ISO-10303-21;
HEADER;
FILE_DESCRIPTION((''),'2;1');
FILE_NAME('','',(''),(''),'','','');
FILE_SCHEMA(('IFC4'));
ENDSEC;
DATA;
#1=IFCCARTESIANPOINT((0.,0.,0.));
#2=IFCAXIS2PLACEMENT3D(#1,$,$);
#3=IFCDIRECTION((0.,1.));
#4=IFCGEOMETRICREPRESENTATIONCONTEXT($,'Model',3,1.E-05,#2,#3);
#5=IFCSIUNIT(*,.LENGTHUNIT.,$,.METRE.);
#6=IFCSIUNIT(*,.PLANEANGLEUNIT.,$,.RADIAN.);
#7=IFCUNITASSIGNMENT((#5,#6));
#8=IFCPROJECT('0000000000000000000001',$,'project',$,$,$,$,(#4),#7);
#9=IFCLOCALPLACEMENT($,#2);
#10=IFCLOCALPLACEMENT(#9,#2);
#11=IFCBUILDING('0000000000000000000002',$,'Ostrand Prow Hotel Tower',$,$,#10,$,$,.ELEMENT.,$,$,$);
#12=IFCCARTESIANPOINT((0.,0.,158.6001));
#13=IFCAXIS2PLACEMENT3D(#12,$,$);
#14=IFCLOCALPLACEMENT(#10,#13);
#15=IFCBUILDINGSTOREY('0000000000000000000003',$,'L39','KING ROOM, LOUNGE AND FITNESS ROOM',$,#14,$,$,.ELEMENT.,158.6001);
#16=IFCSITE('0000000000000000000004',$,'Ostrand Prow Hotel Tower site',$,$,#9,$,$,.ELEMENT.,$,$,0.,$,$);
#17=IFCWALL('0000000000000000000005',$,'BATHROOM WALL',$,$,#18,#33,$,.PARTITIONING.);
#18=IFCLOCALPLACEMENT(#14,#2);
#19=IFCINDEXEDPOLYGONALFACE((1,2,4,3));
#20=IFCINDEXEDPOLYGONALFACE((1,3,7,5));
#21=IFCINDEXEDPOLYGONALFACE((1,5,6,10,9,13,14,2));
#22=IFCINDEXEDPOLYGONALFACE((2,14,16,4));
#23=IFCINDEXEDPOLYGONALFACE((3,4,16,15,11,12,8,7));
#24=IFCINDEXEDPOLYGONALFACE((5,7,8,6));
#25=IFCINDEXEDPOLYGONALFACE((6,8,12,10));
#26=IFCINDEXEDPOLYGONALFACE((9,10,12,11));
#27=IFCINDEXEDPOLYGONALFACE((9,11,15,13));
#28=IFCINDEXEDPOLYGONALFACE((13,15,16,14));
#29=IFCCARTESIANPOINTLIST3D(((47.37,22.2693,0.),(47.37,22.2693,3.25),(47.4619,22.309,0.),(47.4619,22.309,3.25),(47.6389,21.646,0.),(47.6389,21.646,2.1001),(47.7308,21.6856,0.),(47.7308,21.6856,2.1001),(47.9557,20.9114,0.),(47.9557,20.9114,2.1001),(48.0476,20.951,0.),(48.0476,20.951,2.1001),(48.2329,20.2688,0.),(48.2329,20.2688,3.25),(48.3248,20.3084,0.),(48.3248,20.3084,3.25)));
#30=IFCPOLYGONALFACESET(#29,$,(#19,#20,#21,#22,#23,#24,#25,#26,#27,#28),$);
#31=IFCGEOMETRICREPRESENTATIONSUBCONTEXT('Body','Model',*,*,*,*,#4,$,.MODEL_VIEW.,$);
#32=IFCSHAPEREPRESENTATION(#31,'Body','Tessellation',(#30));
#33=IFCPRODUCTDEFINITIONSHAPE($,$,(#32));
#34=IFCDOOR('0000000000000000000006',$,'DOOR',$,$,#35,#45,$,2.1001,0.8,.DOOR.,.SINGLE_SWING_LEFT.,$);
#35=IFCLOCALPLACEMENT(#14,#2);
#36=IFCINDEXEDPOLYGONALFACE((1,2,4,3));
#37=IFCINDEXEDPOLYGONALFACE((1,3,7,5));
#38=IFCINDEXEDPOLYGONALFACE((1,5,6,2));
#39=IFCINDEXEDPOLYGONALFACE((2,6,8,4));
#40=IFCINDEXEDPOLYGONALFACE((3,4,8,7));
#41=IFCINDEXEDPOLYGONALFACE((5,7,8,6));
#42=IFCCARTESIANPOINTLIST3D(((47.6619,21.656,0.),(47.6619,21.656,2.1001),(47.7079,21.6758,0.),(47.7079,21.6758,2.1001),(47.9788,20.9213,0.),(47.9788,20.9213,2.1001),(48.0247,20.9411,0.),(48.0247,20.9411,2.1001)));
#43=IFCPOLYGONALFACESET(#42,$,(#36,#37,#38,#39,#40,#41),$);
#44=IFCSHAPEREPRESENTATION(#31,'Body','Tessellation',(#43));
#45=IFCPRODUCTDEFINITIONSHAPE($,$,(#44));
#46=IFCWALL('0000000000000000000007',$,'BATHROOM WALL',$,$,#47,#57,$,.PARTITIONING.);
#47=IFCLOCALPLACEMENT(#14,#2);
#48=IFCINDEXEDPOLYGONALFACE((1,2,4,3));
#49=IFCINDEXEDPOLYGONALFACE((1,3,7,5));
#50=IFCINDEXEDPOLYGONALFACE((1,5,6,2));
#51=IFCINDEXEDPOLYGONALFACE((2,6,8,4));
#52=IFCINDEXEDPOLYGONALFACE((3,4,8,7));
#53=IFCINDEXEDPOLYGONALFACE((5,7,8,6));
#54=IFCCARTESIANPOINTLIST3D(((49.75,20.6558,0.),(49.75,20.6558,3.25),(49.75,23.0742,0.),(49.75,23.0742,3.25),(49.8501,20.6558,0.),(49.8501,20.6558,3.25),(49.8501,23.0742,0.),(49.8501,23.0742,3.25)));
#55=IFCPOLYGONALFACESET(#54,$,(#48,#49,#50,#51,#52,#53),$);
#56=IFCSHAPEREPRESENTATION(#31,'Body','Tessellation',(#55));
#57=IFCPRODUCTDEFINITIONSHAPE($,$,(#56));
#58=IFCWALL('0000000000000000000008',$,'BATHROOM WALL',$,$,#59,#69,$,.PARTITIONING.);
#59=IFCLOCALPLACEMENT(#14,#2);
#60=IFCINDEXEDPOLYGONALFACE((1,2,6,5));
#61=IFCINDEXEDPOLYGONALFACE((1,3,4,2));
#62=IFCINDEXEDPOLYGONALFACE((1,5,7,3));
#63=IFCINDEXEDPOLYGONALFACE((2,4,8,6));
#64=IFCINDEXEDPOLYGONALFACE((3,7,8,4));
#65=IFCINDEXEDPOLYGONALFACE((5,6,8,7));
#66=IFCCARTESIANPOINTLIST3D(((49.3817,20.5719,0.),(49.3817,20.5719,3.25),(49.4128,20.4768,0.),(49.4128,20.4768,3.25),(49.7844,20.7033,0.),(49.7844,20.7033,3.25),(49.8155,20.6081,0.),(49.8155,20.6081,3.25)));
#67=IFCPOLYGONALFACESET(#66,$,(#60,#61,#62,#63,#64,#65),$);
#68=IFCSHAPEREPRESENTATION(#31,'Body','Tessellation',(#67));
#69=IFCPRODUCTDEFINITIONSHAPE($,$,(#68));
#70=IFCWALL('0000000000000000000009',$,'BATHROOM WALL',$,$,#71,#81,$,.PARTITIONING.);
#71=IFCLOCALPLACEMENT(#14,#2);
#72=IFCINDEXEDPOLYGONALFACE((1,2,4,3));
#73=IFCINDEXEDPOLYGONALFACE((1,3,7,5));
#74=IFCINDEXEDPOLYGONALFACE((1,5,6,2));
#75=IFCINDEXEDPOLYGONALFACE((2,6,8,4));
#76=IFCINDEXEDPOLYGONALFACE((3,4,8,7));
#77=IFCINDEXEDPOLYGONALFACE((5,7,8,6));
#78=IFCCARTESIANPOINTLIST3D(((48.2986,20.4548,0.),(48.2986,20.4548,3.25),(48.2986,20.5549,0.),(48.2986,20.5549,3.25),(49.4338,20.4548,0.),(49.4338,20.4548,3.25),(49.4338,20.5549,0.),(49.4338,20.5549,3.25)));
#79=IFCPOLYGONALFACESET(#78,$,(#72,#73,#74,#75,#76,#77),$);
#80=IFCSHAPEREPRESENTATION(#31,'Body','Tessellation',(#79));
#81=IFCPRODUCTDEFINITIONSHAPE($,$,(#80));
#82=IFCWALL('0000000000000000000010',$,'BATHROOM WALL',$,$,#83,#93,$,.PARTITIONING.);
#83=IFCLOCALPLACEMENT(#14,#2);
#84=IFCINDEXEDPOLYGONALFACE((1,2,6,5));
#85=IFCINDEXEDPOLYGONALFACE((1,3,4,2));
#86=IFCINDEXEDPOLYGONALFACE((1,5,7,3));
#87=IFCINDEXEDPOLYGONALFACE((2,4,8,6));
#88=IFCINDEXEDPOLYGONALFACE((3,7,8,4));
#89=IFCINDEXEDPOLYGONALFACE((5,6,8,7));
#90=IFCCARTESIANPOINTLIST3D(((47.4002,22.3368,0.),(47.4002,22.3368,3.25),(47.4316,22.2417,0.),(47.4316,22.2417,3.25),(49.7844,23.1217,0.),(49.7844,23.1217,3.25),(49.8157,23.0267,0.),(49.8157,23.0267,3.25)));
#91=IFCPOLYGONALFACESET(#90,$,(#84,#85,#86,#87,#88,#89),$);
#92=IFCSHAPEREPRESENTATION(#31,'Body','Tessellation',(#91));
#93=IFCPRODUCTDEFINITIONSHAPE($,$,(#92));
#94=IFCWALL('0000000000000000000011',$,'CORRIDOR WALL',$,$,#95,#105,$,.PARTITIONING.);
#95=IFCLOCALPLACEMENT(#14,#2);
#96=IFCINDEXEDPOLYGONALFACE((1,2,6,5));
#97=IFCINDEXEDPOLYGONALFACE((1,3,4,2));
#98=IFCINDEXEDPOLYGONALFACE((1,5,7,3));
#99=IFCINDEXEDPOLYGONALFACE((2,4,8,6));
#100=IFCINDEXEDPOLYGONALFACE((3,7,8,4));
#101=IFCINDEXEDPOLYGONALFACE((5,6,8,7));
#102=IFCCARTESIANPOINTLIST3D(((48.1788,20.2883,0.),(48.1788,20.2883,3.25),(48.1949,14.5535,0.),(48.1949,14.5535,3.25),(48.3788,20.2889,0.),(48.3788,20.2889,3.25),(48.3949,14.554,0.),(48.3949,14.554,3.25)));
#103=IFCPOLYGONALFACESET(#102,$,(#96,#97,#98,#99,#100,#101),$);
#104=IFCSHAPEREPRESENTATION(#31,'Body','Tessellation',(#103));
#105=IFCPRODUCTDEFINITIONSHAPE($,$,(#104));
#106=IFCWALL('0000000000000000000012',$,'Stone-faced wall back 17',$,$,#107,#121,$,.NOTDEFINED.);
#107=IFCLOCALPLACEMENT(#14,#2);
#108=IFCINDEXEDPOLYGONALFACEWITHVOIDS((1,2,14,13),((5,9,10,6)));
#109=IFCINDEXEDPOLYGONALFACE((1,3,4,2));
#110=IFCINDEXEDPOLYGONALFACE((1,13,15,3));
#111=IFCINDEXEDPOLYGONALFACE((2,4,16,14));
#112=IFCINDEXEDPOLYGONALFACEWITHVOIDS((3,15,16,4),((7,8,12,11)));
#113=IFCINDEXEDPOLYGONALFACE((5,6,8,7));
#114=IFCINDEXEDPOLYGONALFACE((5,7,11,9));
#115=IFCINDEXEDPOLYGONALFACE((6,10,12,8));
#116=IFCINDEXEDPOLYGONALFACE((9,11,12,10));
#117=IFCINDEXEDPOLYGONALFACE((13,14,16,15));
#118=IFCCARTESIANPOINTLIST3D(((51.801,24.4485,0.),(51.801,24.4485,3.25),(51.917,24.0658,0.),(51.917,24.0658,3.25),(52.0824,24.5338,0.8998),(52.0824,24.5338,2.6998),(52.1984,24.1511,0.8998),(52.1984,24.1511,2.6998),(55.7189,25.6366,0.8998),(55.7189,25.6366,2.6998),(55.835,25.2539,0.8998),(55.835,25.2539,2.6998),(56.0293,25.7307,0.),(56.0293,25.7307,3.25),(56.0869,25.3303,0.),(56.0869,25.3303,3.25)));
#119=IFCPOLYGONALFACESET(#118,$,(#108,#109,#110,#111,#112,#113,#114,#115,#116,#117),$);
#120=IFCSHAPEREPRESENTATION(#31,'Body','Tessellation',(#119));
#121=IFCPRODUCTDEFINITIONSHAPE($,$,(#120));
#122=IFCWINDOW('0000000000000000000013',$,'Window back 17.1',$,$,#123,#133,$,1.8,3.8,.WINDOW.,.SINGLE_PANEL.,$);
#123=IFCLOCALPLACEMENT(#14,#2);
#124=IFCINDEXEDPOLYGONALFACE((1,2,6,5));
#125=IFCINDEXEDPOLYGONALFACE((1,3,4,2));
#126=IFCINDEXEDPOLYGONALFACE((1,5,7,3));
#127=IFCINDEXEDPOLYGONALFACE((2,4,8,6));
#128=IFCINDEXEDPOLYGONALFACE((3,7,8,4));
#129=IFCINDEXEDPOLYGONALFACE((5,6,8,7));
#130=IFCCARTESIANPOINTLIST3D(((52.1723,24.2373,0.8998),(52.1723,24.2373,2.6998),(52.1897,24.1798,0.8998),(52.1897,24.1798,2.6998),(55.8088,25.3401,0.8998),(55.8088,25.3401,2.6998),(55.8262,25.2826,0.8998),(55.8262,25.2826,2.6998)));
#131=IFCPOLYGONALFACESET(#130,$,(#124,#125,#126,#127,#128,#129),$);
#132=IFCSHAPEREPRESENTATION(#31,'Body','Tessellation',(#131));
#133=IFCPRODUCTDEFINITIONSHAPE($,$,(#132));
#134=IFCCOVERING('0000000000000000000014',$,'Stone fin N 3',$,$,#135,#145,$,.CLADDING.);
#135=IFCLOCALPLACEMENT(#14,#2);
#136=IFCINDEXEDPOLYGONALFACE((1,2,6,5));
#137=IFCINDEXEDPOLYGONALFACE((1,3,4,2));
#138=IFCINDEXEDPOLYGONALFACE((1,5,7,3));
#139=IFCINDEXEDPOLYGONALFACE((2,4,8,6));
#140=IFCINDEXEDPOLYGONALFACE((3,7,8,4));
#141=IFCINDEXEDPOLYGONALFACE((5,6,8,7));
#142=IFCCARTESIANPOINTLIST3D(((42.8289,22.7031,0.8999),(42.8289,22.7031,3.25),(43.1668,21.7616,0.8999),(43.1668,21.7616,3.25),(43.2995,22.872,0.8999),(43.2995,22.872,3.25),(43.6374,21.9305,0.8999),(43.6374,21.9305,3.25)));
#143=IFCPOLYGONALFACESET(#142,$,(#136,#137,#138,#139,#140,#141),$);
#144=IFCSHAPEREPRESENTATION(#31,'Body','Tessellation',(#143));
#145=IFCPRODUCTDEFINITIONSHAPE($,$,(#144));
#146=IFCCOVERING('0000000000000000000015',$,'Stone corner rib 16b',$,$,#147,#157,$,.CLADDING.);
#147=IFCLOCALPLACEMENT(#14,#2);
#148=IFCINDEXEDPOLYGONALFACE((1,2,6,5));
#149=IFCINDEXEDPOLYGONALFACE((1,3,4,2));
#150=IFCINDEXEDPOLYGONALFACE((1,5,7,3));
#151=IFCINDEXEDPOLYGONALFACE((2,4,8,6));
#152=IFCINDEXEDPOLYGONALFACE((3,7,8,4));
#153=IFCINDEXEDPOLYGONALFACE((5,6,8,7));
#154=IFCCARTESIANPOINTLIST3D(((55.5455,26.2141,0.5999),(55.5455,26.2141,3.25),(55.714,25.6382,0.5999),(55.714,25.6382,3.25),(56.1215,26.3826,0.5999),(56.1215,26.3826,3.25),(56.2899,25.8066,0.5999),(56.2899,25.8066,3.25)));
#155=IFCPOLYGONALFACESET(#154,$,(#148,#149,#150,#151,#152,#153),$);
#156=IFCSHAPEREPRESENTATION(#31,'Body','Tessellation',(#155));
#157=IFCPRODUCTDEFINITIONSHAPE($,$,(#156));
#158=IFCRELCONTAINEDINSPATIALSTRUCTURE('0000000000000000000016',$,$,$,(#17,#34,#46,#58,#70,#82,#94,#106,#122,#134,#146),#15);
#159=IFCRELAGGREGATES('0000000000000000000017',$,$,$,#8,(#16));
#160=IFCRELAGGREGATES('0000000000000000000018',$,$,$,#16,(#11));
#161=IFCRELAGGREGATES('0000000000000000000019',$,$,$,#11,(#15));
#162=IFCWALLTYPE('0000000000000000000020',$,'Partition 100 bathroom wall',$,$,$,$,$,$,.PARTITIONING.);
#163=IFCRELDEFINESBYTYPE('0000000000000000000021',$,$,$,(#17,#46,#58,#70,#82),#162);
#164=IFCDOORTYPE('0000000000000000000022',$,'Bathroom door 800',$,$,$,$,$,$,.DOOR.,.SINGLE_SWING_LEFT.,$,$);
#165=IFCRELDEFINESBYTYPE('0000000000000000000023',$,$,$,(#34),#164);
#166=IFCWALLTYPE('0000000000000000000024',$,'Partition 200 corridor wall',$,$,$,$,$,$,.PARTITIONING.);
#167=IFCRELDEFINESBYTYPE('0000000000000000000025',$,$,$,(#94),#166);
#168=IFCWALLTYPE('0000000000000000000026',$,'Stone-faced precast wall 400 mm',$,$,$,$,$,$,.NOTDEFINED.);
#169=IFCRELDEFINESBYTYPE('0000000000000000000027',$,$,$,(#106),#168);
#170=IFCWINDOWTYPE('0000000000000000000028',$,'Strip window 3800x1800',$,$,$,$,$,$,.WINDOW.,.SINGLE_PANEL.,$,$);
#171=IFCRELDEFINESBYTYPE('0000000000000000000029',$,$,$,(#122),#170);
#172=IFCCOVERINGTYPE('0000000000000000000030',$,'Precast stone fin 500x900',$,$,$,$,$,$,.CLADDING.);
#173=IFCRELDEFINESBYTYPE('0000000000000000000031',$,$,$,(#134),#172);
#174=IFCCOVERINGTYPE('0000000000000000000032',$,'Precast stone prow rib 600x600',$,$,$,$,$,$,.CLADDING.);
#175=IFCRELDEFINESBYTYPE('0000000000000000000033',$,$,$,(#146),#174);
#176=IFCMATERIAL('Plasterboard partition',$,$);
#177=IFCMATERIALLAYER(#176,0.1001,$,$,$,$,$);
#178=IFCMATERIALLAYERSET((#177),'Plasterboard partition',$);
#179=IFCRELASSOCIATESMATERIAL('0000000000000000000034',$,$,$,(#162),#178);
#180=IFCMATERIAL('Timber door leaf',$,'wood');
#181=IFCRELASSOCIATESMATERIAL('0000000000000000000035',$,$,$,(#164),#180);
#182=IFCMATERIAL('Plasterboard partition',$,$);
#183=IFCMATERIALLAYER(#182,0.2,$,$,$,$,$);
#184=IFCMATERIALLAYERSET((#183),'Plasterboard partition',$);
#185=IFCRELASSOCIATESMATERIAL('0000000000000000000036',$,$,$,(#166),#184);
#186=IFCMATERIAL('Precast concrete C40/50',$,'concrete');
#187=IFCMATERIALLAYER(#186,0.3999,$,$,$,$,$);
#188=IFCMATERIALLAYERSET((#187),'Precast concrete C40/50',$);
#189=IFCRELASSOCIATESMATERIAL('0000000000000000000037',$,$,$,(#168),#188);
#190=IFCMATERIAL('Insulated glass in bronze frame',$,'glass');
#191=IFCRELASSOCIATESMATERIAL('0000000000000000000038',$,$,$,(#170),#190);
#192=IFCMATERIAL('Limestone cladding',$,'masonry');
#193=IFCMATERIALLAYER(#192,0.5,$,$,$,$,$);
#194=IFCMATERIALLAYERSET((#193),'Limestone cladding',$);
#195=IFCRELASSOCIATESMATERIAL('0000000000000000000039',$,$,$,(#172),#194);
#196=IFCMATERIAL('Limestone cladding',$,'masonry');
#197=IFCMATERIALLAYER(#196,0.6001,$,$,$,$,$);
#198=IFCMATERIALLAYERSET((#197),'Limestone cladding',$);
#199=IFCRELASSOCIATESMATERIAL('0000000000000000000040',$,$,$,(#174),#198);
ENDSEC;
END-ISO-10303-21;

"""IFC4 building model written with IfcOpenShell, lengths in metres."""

from ifc_helpers import new_model, si_unit, direction, frame, frame_2d, origin, place, context, subcontext, project, spatial, polyline, rectangle, outline, extrude, material, layer, layer_set, type_object, element, fill, save


model = new_model("IFC4")

# Units and contexts
model_context = context("Model", 3, precision=1e-05, world=origin(), true_north=direction((0.0, 1.0)))
body_context = subcontext(model_context, "Body", "Model", "MODEL_VIEW")
ifc_project = project(units=[si_unit("LENGTHUNIT", "METRE"), si_unit("PLANEANGLEUNIT", "RADIAN")], contexts=[model_context])

# Site, building, storey
site_placement = place(None, origin())
site = spatial("IfcSite", under=ifc_project, at=site_placement, Name="Ostrand Prow Hotel Tower site", CompositionType="ELEMENT", RefElevation=0.0)
building_placement = place(site_placement, origin())
building = spatial("IfcBuilding", under=site, at=building_placement, Name="Ostrand Prow Hotel Tower", CompositionType="ELEMENT")
storey_placement = place(building_placement, frame((0.0, 0.0, 158.6001)))
storey = spatial("IfcBuildingStorey", under=building, at=storey_placement, Name="L39", Description="KING ROOM, LOUNGE AND FITNESS ROOM", CompositionType="ELEMENT", Elevation=158.6001)

# Wall, opening, door
ifc_material_1 = material(Name="Plasterboard partition")
ifc_layer_1 = layer(ifc_material_1, 0.1001)
ifc_layer_set_1 = layer_set([ifc_layer_1], Name="Plasterboard partition")
wall_type_1 = type_object("IfcWallType", Name="Partition 100 bathroom wall", PredefinedType="PARTITIONING", material=ifc_layer_set_1)
wall_1_placement = place(storey_placement, frame((48.2788, 20.2886, 0.0), z_axis=(0.0, 0.0, 1.0), x_axis=(-0.396028, 0.918238, 0.0)))
wall_1 = element("IfcWall", 1, at=wall_1_placement, inside=storey, type_object=wall_type_1, Name="BATHROOM WALL", PredefinedType="PARTITIONING", context=body_context, shape_type="SweptSolid", body=[
    extrude(rectangle(XDim=2.1787, YDim=0.1001, at=frame_2d((1.0894, 0.0))), origin(), (0.0, 0.0, 1.0), 3.25),
])
opening_1_placement = place(wall_1_placement, frame((0.7, 0.0, 0.0)))
opening_1 = element("IfcOpeningElement", 2, at=opening_1_placement, cuts=wall_1, PredefinedType="OPENING", context=body_context, shape_type="SweptSolid", body=[
    extrude(rectangle(XDim=0.8, YDim=2.1001, at=frame_2d((0.3999, 1.05))), frame((0.0, 0.0601, 0.0), z_axis=(0.0, -1.0, 0.0), x_axis=(1.0, 0.0, 0.0)), (0.0, 0.0, 1.0), 0.1201),
])
ifc_material_2 = material(Name="Timber door leaf", Category="wood")
door_type = type_object("IfcDoorType", Name="Bathroom door 800", OperationType="SINGLE_SWING_LEFT", PredefinedType="DOOR", material=ifc_material_2)
door_placement = place(opening_1_placement, origin())
door = element("IfcDoor", 3, at=door_placement, inside=storey, type_object=door_type, Name="DOOR", OperationType="SINGLE_SWING_LEFT", OverallHeight=2.1001, OverallWidth=0.8, PredefinedType="DOOR", context=body_context, shape_type="SweptSolid", body=[
    extrude(rectangle(XDim=0.8, YDim=2.1001, at=frame_2d((0.3999, 1.05))), frame((0.0, 0.0249, 0.0), z_axis=(0.0, -1.0, 0.0), x_axis=(1.0, 0.0, 0.0)), (0.0, 0.0, 1.0), 0.05),
])
fill(opening_1, door)

# Walls
wall_2_placement = place(storey_placement, frame((49.8, 23.0742, 0.0), z_axis=(0.0, 0.0, 1.0), x_axis=(0.0, -1.0, 0.0)))
element("IfcWall", 4, at=wall_2_placement, inside=storey, type_object=wall_type_1, Name="BATHROOM WALL", PredefinedType="PARTITIONING", context=body_context, shape_type="SweptSolid", body=[
    extrude(rectangle(XDim=2.4185, YDim=0.1001, at=frame_2d((1.2092, 0.0))), origin(), (0.0, 0.0, 1.0), 3.25),
])
wall_3_placement = place(storey_placement, frame((49.8, 20.6558, 0.0), z_axis=(0.0, 0.0, 1.0), x_axis=(-0.950682, -0.310168, 0.0)))
element("IfcWall", 5, at=wall_3_placement, inside=storey, type_object=wall_type_1, Name="BATHROOM WALL", PredefinedType="PARTITIONING", context=body_context, shape_type="SweptSolid", body=[
    extrude(rectangle(XDim=0.4236, YDim=0.1001, at=frame_2d((0.2119, 0.0))), origin(), (0.0, 0.0, 1.0), 3.25),
])
wall_4_placement = place(storey_placement, frame((49.4338, 20.5049, 0.0), z_axis=(0.0, 0.0, 1.0), x_axis=(-1.0, 0.0, 0.0)))
element("IfcWall", 6, at=wall_4_placement, inside=storey, type_object=wall_type_1, Name="BATHROOM WALL", PredefinedType="PARTITIONING", context=body_context, shape_type="SweptSolid", body=[
    extrude(rectangle(XDim=1.1353, YDim=0.1001, at=frame_2d((0.5676, 0.0))), origin(), (0.0, 0.0, 1.0), 3.25),
])
wall_5_placement = place(storey_placement, frame((47.416, 22.2893, 0.0), z_axis=(0.0, 0.0, 1.0), x_axis=(0.949844, 0.312724, 0.0)))
element("IfcWall", 7, at=wall_5_placement, inside=storey, type_object=wall_type_1, Name="BATHROOM WALL", PredefinedType="PARTITIONING", context=body_context, shape_type="SweptSolid", body=[
    extrude(rectangle(XDim=2.51, YDim=0.1001, at=frame_2d((1.2549, 0.0))), origin(), (0.0, 0.0, 1.0), 3.25),
])
ifc_material_3 = material(Name="Plasterboard partition")
ifc_layer_2 = layer(ifc_material_3, 0.2)
ifc_layer_set_2 = layer_set([ifc_layer_2], Name="Plasterboard partition")
wall_type_2 = type_object("IfcWallType", Name="Partition 200 corridor wall", PredefinedType="PARTITIONING", material=ifc_layer_set_2)
wall_6_placement = place(storey_placement, frame((48.2788, 20.2886, 0.0), z_axis=(0.0, 0.0, 1.0), x_axis=(0.00281, -0.999996, 0.0)))
element("IfcWall", 8, at=wall_6_placement, inside=storey, type_object=wall_type_2, Name="CORRIDOR WALL", PredefinedType="PARTITIONING", context=body_context, shape_type="SweptSolid", body=[
    extrude(rectangle(XDim=5.7349, YDim=0.2, at=frame_2d((2.8674, 0.0))), origin(), (0.0, 0.0, 1.0), 3.25),
])

# Wall, opening, window
ifc_material_4 = material(Name="Precast concrete C40/50", Category="concrete")
ifc_layer_3 = layer(ifc_material_4, 0.3999)
ifc_layer_set_3 = layer_set([ifc_layer_3], Name="Precast concrete C40/50")
wall_type_3 = type_object("IfcWallType", Name="Stone-faced precast wall 400 mm", PredefinedType="NOTDEFINED", material=ifc_layer_set_3)
wall_7_placement = place(storey_placement, frame((56.0581, 25.5305, 0.0), z_axis=(0.0, 0.0, 1.0), x_axis=(-0.956964, -0.290205, 0.0)))
wall_7 = element("IfcWall", 9, at=wall_7_placement, inside=storey, type_object=wall_type_3, Name="Stone-faced wall back 17", PredefinedType="NOTDEFINED", context=body_context, shape_type="SweptSolid", body=[
    extrude(outline(polyline([(-0.0305, -0.2), (4.3879, -0.2), (4.3879, 0.2), (0.0305, 0.2), (-0.0305, -0.2)])), origin(), (0.0, 0.0, 1.0), 3.25),
])
opening_2_placement = place(wall_7_placement, frame((0.2939, 0.0, 0.8999)))
opening_2 = element("IfcOpeningElement", 10, at=opening_2_placement, cuts=wall_7, PredefinedType="OPENING", context=body_context, shape_type="SweptSolid", body=[
    extrude(rectangle(XDim=3.8, YDim=1.8, at=frame_2d((1.8999, 0.8999))), frame((0.0, 0.21, 0.0), z_axis=(0.0, -1.0, 0.0), x_axis=(1.0, 0.0, 0.0)), (0.0, 0.0, 1.0), 0.4199),
])
ifc_material_5 = material(Name="Insulated glass in bronze frame", Category="glass")
window_type = type_object("IfcWindowType", Name="Strip window 3800x1800", PartitioningType="SINGLE_PANEL", PredefinedType="WINDOW", material=ifc_material_5)
window_placement = place(opening_2_placement, origin())
window = element("IfcWindow", 11, at=window_placement, inside=storey, type_object=window_type, Name="Window back 17.1", OverallHeight=1.8, OverallWidth=3.8, PartitioningType="SINGLE_PANEL", PredefinedType="WINDOW", context=body_context, shape_type="SweptSolid", body=[
    extrude(rectangle(XDim=3.8, YDim=1.8, at=frame_2d((1.8999, 0.8999))), frame((0.0, 0.1699, 0.0), z_axis=(0.0, -1.0, 0.0), x_axis=(1.0, 0.0, 0.0)), (0.0, 0.0, 1.0), 0.0601),
])
fill(opening_2, window)

# Coverings
ifc_material_6 = material(Name="Limestone cladding", Category="masonry")
ifc_layer_4 = layer(ifc_material_6, 0.5)
ifc_layer_set_4 = layer_set([ifc_layer_4], Name="Limestone cladding")
covering_type_1 = type_object("IfcCoveringType", Name="Precast stone fin 500x900", PredefinedType="CLADDING", material=ifc_layer_set_4)
covering_1_placement = place(storey_placement, frame((43.4021, 21.8462, 0.8999), z_axis=(0.0, 0.0, 1.0), x_axis=(-0.33782, 0.941211, 0.0)))
element("IfcCovering", 12, at=covering_1_placement, inside=storey, type_object=covering_type_1, Name="Stone fin N 3", PredefinedType="CLADDING", context=body_context, shape_type="SweptSolid", body=[
    extrude(rectangle(XDim=1.0002, YDim=0.5, at=frame_2d((0.5, 0.0))), origin(), (0.0, 0.0, 1.0), 2.3501),
])
ifc_material_7 = material(Name="Limestone cladding", Category="masonry")
ifc_layer_5 = layer(ifc_material_7, 0.6001)
ifc_layer_set_5 = layer_set([ifc_layer_5], Name="Limestone cladding")
covering_type_2 = type_object("IfcCoveringType", Name="Precast stone prow rib 600x600", PredefinedType="CLADDING", material=ifc_layer_set_5)
covering_2_placement = place(storey_placement, frame((56.002, 25.7224, 0.5999), z_axis=(0.0, 0.0, 1.0), x_axis=(-0.280734, 0.959786, 0.0)))
element("IfcCovering", 13, at=covering_2_placement, inside=storey, type_object=covering_type_2, Name="Stone corner rib 16b", PredefinedType="CLADDING", context=body_context, shape_type="SweptSolid", body=[
    extrude(rectangle(XDim=0.6001, YDim=0.6001, at=frame_2d((0.3, 0.0))), origin(), (0.0, 0.0, 1.0), 2.6501),
])

save(model, "model.ifc")
